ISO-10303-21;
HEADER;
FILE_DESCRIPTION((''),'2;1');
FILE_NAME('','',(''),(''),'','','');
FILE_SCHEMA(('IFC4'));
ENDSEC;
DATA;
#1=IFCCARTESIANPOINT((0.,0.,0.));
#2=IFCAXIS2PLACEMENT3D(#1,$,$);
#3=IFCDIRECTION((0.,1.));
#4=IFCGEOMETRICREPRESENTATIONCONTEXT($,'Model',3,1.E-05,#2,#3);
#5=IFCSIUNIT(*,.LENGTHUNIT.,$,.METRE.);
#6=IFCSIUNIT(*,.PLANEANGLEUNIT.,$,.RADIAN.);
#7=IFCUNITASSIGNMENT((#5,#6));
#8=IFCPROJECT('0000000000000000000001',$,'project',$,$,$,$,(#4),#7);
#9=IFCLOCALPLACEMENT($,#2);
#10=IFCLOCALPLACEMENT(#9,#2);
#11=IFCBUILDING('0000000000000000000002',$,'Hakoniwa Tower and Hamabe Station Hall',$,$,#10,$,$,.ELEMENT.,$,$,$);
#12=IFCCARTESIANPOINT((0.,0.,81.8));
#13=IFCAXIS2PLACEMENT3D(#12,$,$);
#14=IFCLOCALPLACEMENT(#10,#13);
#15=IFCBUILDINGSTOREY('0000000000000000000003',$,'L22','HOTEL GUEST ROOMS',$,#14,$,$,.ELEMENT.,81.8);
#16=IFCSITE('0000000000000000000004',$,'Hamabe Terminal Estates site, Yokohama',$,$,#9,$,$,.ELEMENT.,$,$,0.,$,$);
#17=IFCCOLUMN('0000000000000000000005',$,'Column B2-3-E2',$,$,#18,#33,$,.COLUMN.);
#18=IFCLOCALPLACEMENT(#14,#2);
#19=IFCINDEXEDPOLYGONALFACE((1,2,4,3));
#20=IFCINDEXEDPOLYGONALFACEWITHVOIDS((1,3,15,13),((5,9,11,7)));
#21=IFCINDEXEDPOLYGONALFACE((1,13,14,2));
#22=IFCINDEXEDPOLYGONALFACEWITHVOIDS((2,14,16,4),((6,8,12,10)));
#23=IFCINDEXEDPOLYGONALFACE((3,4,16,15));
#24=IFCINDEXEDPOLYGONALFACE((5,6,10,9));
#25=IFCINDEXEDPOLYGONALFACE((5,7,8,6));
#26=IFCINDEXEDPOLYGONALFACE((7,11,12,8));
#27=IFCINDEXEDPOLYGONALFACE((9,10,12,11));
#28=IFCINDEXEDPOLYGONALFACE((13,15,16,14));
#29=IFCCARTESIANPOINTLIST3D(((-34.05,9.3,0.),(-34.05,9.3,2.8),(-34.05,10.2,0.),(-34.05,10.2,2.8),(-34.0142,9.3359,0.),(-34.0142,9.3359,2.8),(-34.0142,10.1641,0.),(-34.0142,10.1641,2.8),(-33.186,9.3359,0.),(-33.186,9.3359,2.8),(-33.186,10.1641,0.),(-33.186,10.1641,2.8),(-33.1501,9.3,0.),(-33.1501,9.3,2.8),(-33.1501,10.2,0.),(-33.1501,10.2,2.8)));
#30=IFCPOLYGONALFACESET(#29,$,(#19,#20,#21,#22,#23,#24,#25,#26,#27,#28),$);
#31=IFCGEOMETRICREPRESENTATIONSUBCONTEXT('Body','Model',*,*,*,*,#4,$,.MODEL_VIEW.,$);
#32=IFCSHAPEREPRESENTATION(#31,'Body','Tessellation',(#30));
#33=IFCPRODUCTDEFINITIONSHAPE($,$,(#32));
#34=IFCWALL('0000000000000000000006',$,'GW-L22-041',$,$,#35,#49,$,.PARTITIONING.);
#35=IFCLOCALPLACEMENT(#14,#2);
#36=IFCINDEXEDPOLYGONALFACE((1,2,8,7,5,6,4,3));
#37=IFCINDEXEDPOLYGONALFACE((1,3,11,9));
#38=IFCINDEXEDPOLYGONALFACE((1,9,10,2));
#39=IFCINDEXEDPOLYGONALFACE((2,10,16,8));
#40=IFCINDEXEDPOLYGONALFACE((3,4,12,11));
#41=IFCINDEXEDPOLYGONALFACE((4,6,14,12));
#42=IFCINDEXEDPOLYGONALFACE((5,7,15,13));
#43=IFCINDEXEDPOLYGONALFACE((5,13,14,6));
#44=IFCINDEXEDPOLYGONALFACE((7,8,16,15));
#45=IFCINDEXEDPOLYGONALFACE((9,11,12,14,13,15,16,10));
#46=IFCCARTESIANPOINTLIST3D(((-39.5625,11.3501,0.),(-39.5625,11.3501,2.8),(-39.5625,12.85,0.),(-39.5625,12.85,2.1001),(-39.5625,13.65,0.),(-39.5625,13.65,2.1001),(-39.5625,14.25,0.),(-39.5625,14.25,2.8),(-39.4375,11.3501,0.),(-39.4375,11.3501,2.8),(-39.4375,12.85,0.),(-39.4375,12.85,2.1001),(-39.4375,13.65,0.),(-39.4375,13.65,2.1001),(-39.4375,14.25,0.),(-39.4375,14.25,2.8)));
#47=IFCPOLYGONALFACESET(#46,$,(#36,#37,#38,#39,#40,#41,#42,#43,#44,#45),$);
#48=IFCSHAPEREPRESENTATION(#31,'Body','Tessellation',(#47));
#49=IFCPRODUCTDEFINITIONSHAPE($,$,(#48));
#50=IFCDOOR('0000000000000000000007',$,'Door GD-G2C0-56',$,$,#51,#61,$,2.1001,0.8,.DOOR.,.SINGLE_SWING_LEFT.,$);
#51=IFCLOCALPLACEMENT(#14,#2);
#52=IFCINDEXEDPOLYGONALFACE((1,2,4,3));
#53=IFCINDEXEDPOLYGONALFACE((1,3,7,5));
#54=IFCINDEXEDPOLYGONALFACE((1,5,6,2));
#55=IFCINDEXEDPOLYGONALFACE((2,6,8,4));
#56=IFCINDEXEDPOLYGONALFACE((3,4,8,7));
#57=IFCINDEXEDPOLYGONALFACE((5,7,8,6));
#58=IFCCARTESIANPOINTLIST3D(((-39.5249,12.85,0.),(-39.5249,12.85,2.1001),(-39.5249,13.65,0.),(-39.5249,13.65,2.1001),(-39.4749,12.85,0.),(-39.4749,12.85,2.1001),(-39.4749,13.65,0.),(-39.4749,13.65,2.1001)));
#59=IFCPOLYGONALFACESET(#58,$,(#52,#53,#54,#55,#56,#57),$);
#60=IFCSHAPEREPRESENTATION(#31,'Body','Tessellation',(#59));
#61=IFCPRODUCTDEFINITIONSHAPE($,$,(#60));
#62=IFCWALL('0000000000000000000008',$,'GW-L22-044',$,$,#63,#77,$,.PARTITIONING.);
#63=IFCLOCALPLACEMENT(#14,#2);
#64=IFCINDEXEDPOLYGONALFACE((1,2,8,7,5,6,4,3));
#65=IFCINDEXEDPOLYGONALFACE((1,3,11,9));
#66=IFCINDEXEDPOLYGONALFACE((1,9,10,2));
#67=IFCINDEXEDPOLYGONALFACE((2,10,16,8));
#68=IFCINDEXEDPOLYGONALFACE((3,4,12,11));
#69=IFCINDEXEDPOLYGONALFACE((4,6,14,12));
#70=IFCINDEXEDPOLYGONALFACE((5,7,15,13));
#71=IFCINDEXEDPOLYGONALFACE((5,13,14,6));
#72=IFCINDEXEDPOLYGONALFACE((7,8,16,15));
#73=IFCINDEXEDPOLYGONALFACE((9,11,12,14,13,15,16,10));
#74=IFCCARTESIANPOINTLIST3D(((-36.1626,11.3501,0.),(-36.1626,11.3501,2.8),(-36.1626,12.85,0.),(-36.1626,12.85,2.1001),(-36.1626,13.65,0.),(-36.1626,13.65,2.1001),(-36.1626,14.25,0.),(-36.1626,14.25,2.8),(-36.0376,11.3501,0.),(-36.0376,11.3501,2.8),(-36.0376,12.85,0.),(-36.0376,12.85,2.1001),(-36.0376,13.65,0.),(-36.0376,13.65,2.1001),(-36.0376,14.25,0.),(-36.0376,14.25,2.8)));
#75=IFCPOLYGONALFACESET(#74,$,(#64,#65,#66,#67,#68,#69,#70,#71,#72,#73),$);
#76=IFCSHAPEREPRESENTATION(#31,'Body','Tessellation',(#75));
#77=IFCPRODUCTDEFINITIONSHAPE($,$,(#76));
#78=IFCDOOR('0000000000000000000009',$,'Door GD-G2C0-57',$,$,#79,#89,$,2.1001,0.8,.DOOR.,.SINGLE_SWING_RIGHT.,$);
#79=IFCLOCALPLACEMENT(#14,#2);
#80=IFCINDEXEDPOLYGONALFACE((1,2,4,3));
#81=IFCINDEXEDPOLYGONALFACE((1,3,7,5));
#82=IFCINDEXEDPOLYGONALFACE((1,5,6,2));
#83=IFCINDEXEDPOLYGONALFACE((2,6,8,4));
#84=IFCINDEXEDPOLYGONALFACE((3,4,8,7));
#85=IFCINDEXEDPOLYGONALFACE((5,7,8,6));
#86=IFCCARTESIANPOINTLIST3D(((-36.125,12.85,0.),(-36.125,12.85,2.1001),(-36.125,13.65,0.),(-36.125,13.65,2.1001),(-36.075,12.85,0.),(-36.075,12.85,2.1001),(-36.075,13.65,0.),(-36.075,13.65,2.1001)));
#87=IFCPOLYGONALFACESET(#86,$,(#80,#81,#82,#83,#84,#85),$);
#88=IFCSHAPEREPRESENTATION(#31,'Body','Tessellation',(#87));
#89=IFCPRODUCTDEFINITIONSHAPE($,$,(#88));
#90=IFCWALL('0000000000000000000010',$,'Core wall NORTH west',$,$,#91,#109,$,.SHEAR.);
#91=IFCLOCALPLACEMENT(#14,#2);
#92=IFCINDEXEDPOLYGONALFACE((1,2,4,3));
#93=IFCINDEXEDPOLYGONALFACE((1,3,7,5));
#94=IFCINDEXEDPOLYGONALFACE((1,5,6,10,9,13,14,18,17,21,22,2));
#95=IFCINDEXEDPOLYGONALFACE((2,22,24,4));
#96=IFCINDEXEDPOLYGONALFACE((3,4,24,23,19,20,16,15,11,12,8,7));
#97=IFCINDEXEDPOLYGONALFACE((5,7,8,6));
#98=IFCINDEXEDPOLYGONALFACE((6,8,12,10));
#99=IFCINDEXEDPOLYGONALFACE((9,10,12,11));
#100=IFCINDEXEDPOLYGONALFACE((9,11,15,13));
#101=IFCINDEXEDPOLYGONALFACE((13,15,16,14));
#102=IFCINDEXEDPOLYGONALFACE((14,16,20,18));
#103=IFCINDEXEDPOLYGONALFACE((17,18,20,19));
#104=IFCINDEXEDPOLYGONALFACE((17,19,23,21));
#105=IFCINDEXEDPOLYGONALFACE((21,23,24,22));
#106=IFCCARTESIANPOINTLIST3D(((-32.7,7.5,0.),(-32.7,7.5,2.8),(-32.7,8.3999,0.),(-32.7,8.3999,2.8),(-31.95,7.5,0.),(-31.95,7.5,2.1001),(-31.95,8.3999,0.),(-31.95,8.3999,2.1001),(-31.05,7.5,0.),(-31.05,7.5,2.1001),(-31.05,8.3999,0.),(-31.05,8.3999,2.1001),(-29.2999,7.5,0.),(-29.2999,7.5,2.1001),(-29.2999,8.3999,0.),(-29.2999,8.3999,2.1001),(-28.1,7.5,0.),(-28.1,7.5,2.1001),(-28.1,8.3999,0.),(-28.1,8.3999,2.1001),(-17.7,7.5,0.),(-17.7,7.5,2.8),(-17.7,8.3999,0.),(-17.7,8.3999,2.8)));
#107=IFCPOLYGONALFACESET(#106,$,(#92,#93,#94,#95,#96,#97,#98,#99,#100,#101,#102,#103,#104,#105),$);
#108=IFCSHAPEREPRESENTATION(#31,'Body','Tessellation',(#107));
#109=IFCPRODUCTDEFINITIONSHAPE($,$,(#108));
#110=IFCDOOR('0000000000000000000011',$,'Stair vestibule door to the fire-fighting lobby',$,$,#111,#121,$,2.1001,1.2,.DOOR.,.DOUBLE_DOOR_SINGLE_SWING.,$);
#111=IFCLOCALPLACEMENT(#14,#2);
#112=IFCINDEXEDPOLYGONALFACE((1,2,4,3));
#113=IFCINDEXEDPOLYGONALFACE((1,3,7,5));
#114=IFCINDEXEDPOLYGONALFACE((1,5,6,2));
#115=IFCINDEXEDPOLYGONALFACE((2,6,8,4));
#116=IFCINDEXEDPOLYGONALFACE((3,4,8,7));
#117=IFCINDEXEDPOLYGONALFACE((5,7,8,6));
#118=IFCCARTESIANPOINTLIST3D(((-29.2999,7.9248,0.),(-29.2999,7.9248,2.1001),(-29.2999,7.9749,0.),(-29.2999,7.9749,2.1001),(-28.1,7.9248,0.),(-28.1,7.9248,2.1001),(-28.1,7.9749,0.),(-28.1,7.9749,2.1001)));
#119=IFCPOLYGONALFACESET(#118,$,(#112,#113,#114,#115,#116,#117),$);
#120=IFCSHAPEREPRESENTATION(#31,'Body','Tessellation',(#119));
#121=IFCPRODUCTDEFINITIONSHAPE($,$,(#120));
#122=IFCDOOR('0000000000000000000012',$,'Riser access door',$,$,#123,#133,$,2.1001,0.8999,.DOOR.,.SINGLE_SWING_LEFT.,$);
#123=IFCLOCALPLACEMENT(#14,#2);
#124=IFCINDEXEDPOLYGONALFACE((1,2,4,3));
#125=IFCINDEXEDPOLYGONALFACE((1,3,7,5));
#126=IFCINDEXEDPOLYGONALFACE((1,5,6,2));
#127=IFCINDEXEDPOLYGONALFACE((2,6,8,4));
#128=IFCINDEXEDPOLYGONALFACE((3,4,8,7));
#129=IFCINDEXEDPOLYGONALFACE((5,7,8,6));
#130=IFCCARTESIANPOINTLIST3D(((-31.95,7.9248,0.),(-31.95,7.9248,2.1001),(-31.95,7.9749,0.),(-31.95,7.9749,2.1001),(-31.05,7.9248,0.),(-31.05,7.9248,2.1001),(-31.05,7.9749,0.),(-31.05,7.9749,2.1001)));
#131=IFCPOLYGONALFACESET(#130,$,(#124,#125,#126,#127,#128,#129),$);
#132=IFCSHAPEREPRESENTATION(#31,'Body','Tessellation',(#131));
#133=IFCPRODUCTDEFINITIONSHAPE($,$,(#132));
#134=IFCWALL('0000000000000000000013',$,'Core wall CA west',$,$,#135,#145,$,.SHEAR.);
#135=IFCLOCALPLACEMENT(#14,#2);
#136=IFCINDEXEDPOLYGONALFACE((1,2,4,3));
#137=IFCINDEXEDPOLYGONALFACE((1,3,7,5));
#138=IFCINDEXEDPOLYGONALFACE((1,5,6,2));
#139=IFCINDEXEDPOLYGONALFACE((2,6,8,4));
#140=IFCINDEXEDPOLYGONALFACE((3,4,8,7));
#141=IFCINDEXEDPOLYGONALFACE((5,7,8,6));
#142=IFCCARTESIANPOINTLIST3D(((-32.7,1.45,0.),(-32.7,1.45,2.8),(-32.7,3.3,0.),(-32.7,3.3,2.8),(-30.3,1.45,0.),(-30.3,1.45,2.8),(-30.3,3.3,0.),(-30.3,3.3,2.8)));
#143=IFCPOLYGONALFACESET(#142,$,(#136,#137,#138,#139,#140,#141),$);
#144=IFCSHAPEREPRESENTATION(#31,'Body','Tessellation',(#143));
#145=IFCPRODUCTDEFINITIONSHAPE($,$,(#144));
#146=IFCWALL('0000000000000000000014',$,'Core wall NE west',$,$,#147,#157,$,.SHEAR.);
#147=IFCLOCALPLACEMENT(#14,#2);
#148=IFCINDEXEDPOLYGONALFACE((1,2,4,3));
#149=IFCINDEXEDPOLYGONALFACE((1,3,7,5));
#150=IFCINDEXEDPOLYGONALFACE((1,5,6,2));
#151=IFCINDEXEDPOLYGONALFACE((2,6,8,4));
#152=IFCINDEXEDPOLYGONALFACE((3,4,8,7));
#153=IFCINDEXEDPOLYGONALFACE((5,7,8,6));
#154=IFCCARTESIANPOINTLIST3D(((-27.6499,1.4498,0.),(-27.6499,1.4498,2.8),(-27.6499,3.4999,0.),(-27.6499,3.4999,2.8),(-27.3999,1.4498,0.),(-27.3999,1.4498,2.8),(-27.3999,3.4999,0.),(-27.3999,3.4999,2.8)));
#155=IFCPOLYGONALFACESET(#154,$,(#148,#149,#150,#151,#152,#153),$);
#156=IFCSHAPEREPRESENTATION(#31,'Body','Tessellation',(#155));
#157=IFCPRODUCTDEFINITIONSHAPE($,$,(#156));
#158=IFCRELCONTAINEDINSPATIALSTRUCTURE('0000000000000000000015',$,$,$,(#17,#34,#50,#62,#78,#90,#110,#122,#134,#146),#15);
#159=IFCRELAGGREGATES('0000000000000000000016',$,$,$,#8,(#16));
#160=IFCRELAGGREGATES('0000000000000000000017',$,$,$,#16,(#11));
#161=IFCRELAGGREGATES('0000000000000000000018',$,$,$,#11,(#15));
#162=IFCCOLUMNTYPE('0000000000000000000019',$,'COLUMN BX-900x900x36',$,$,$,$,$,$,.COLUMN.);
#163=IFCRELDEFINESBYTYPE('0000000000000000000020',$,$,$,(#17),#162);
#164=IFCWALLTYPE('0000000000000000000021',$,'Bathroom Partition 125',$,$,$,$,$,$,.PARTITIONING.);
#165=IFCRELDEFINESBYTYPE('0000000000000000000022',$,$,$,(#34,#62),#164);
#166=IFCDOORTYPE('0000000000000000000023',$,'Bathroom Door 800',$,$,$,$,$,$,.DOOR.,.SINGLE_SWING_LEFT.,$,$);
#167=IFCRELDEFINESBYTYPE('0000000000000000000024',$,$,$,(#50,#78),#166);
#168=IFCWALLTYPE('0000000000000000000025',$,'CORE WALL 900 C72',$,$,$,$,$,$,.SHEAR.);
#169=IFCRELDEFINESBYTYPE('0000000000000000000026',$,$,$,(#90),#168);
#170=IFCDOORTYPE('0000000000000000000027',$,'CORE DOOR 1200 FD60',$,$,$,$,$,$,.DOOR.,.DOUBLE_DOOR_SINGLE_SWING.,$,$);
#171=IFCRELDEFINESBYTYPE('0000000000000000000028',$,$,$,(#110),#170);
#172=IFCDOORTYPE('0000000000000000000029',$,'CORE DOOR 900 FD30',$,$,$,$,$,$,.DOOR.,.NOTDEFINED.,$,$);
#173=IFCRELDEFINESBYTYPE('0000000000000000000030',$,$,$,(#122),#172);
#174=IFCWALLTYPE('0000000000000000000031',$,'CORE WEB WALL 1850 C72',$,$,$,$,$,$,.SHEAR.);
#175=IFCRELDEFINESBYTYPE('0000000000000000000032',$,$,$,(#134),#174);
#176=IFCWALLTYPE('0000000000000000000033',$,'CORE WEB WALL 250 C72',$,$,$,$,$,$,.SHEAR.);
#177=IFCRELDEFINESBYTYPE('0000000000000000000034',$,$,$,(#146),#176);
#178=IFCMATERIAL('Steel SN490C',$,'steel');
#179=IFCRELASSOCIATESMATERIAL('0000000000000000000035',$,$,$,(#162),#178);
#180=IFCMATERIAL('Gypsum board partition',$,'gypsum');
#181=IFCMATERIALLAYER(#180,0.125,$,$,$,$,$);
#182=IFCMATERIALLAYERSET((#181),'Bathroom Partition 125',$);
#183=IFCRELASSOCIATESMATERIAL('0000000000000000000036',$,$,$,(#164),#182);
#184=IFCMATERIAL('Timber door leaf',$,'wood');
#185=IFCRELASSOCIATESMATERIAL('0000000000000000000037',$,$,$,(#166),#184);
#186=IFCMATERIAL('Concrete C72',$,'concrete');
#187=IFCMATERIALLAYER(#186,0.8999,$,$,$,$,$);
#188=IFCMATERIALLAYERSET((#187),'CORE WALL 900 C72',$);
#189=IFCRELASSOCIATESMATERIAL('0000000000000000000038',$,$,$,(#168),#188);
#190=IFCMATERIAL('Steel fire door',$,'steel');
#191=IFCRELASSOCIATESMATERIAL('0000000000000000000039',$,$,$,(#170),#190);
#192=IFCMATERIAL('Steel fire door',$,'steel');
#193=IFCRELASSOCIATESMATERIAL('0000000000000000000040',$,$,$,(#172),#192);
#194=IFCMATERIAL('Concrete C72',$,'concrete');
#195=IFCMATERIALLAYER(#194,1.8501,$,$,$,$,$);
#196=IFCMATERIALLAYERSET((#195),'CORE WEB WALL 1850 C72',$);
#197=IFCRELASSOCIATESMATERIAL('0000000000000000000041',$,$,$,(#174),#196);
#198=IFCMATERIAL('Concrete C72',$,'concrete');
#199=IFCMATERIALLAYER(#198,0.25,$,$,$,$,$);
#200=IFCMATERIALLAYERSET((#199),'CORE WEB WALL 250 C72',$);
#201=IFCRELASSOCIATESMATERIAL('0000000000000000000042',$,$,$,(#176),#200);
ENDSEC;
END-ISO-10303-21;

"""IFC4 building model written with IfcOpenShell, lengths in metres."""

from ifc_helpers import new_model, si_unit, direction, frame, frame_2d, origin, origin_2d, place, context, subcontext, project, spatial, rectangle, hollow_rectangle, extrude, material, layer, layer_set, material_profile, profile_set, type_object, element, fill, save


model = new_model("IFC4")

# Units and contexts
model_context = context("Model", 3, precision=1e-05, world=origin(), true_north=direction((0.0, 1.0)))
body_context = subcontext(model_context, "Body", "Model", "MODEL_VIEW")
ifc_project = project(units=[si_unit("LENGTHUNIT", "METRE"), si_unit("PLANEANGLEUNIT", "RADIAN")], contexts=[model_context])

# Site, building, storey
site_placement = place(None, origin())
site = spatial("IfcSite", under=ifc_project, at=site_placement, Name="Hamabe Terminal Estates site, Yokohama", CompositionType="ELEMENT", RefElevation=0.0)
building_placement = place(site_placement, origin())
building = spatial("IfcBuilding", under=site, at=building_placement, Name="Hakoniwa Tower and Hamabe Station Hall", CompositionType="ELEMENT")
storey_placement = place(building_placement, frame((0.0, 0.0, 81.8)))
storey = spatial("IfcBuildingStorey", under=building, at=storey_placement, Name="L22", Description="HOTEL GUEST ROOMS", CompositionType="ELEMENT", Elevation=81.8)

# Column
ifc_material_1 = material(Name="Steel SN490C", Category="steel")
ifc_material_profile = material_profile(ifc_material_1, hollow_rectangle(XDim=0.8999, YDim=0.8999, WallThickness=0.0359, at=origin_2d()), Name="BX-900x900x36")
ifc_profile_set = profile_set([ifc_material_profile], Name="Steel SN490C")
column_type = type_object("IfcColumnType", Name="COLUMN BX-900x900x36", PredefinedType="COLUMN", material=ifc_profile_set)
column_placement = place(storey_placement, frame((-33.6001, 9.75, 0.0), z_axis=(0.0, 0.0, 1.0), x_axis=(1.0, 0.0, 0.0)))
element("IfcColumn", 1, at=column_placement, inside=storey, type_object=column_type, Name="Column B2-3-E2", PredefinedType="COLUMN", context=body_context, shape_type="SweptSolid", body=[
    extrude(hollow_rectangle(XDim=0.8999, YDim=0.8999, WallThickness=0.0359, at=origin_2d()), origin(), (0.0, 0.0, 1.0), 2.8),
])

# Walls, openings, doors
ifc_material_2 = material(Name="Gypsum board partition", Category="gypsum")
ifc_layer_1 = layer(ifc_material_2, 0.125)
ifc_layer_set_1 = layer_set([ifc_layer_1], Name="Bathroom Partition 125")
wall_type_1 = type_object("IfcWallType", Name="Bathroom Partition 125", PredefinedType="PARTITIONING", material=ifc_layer_set_1)
wall_1_placement = place(storey_placement, frame((-39.5, 11.3501, 0.0), z_axis=(0.0, 0.0, 1.0), x_axis=(0.0, 1.0, 0.0)))
wall_1 = element("IfcWall", 2, at=wall_1_placement, inside=storey, type_object=wall_type_1, Name="GW-L22-041", PredefinedType="PARTITIONING", context=body_context, shape_type="SweptSolid", body=[
    extrude(rectangle(XDim=2.8999, YDim=0.125, at=frame_2d((1.45, 0.0))), origin(), (0.0, 0.0, 1.0), 2.8),
])
opening_1_placement = place(wall_1_placement, frame((1.5, 0.0, 0.0)))
opening_1 = element("IfcOpeningElement", 3, at=opening_1_placement, cuts=wall_1, PredefinedType="OPENING", context=body_context, shape_type="SweptSolid", body=[
    extrude(rectangle(XDim=0.8, YDim=2.1001, at=frame_2d((0.3999, 1.05))), frame((0.0, 0.0725, 0.0), z_axis=(0.0, -1.0, 0.0), x_axis=(1.0, 0.0, 0.0)), (0.0, 0.0, 1.0), 0.145),
])
ifc_material_3 = material(Name="Timber door leaf", Category="wood")
door_type_1 = type_object("IfcDoorType", Name="Bathroom Door 800", OperationType="SINGLE_SWING_LEFT", PredefinedType="DOOR", material=ifc_material_3)
door_1_placement = place(opening_1_placement, origin())
door_1 = element("IfcDoor", 4, at=door_1_placement, inside=storey, type_object=door_type_1, Name="Door GD-G2C0-56", OperationType="SINGLE_SWING_LEFT", OverallHeight=2.1001, OverallWidth=0.8, PredefinedType="DOOR", context=body_context, shape_type="SweptSolid", body=[
    extrude(rectangle(XDim=0.8, YDim=2.1001, at=frame_2d((0.3999, 1.05))), frame((0.0, 0.0249, 0.0), z_axis=(0.0, -1.0, 0.0), x_axis=(1.0, 0.0, 0.0)), (0.0, 0.0, 1.0), 0.05),
])
fill(opening_1, door_1)
wall_2_placement = place(storey_placement, frame((-36.1001, 11.3501, 0.0), z_axis=(0.0, 0.0, 1.0), x_axis=(0.0, 1.0, 0.0)))
wall_2 = element("IfcWall", 5, at=wall_2_placement, inside=storey, type_object=wall_type_1, Name="GW-L22-044", PredefinedType="PARTITIONING", context=body_context, shape_type="SweptSolid", body=[
    extrude(rectangle(XDim=2.8999, YDim=0.125, at=frame_2d((1.45, 0.0))), origin(), (0.0, 0.0, 1.0), 2.8),
])
opening_2_placement = place(wall_2_placement, frame((1.5, 0.0, 0.0)))
opening_2 = element("IfcOpeningElement", 6, at=opening_2_placement, cuts=wall_2, PredefinedType="OPENING", context=body_context, shape_type="SweptSolid", body=[
    extrude(rectangle(XDim=0.8, YDim=2.1001, at=frame_2d((0.3999, 1.05))), frame((0.0, 0.0725, 0.0), z_axis=(0.0, -1.0, 0.0), x_axis=(1.0, 0.0, 0.0)), (0.0, 0.0, 1.0), 0.145),
])
door_2_placement = place(opening_2_placement, origin())
door_2 = element("IfcDoor", 7, at=door_2_placement, inside=storey, type_object=door_type_1, Name="Door GD-G2C0-57", OperationType="SINGLE_SWING_RIGHT", OverallHeight=2.1001, OverallWidth=0.8, PredefinedType="DOOR", context=body_context, shape_type="SweptSolid", body=[
    extrude(rectangle(XDim=0.8, YDim=2.1001, at=frame_2d((0.3999, 1.05))), frame((0.0, 0.0249, 0.0), z_axis=(0.0, -1.0, 0.0), x_axis=(1.0, 0.0, 0.0)), (0.0, 0.0, 1.0), 0.05),
])
fill(opening_2, door_2)

# Wall, openings, doors
ifc_material_4 = material(Name="Concrete C72", Category="concrete")
ifc_layer_2 = layer(ifc_material_4, 0.8999)
ifc_layer_set_2 = layer_set([ifc_layer_2], Name="CORE WALL 900 C72")
wall_type_2 = type_object("IfcWallType", Name="CORE WALL 900 C72", PredefinedType="SHEAR", material=ifc_layer_set_2)
wall_3_placement = place(storey_placement, frame((-32.7, 7.95, 0.0), z_axis=(0.0, 0.0, 1.0), x_axis=(1.0, 0.0, 0.0)))
wall_3 = element("IfcWall", 8, at=wall_3_placement, inside=storey, type_object=wall_type_2, Name="Core wall NORTH west", PredefinedType="SHEAR", context=body_context, shape_type="SweptSolid", body=[
    extrude(rectangle(XDim=15.0, YDim=0.8999, at=frame_2d((7.5, 0.0))), origin(), (0.0, 0.0, 1.0), 2.8),
])
opening_3_placement = place(wall_3_placement, frame((3.3999, 0.0, 0.0)))
opening_3 = element("IfcOpeningElement", 9, at=opening_3_placement, cuts=wall_3, PredefinedType="OPENING", context=body_context, shape_type="SweptSolid", body=[
    extrude(rectangle(XDim=1.2, YDim=2.1001, at=frame_2d((0.6001, 1.05))), frame((0.0, 0.46, 0.0), z_axis=(0.0, -1.0, 0.0), x_axis=(1.0, 0.0, 0.0)), (0.0, 0.0, 1.0), 0.9199),
])
opening_4_placement = place(wall_3_placement, frame((0.75, 0.0, 0.0)))
opening_4 = element("IfcOpeningElement", 10, at=opening_4_placement, cuts=wall_3, PredefinedType="OPENING", context=body_context, shape_type="SweptSolid", body=[
    extrude(rectangle(XDim=0.8999, YDim=2.1001, at=frame_2d((0.45, 1.05))), frame((0.0, 0.46, 0.0), z_axis=(0.0, -1.0, 0.0), x_axis=(1.0, 0.0, 0.0)), (0.0, 0.0, 1.0), 0.9199),
])
ifc_material_5 = material(Name="Steel fire door", Category="steel")
door_type_2 = type_object("IfcDoorType", Name="CORE DOOR 1200 FD60", OperationType="DOUBLE_DOOR_SINGLE_SWING", PredefinedType="DOOR", material=ifc_material_5)
door_3_placement = place(opening_3_placement, origin())
door_3 = element("IfcDoor", 11, at=door_3_placement, inside=storey, type_object=door_type_2, Name="Stair vestibule door to the fire-fighting lobby", OperationType="DOUBLE_DOOR_SINGLE_SWING", OverallHeight=2.1001, OverallWidth=1.2, PredefinedType="DOOR", context=body_context, shape_type="SweptSolid", body=[
    extrude(rectangle(XDim=1.2, YDim=2.1001, at=frame_2d((0.6001, 1.05))), frame((0.0, 0.0249, 0.0), z_axis=(0.0, -1.0, 0.0), x_axis=(1.0, 0.0, 0.0)), (0.0, 0.0, 1.0), 0.05),
])
fill(opening_3, door_3)
ifc_material_6 = material(Name="Steel fire door", Category="steel")
door_type_3 = type_object("IfcDoorType", Name="CORE DOOR 900 FD30", OperationType="NOTDEFINED", PredefinedType="DOOR", material=ifc_material_6)
door_4_placement = place(opening_4_placement, origin())
door_4 = element("IfcDoor", 12, at=door_4_placement, inside=storey, type_object=door_type_3, Name="Riser access door", OperationType="SINGLE_SWING_LEFT", OverallHeight=2.1001, OverallWidth=0.8999, PredefinedType="DOOR", context=body_context, shape_type="SweptSolid", body=[
    extrude(rectangle(XDim=0.8999, YDim=2.1001, at=frame_2d((0.45, 1.05))), frame((0.0, 0.0249, 0.0), z_axis=(0.0, -1.0, 0.0), x_axis=(1.0, 0.0, 0.0)), (0.0, 0.0, 1.0), 0.05),
])
fill(opening_4, door_4)

# Walls
ifc_material_7 = material(Name="Concrete C72", Category="concrete")
ifc_layer_3 = layer(ifc_material_7, 1.8501)
ifc_layer_set_3 = layer_set([ifc_layer_3], Name="CORE WEB WALL 1850 C72")
wall_type_3 = type_object("IfcWallType", Name="CORE WEB WALL 1850 C72", PredefinedType="SHEAR", material=ifc_layer_set_3)
wall_4_placement = place(storey_placement, frame((-32.7, 2.375, 0.0), z_axis=(0.0, 0.0, 1.0), x_axis=(1.0, 0.0, 0.0)))
element("IfcWall", 13, at=wall_4_placement, inside=storey, type_object=wall_type_3, Name="Core wall CA west", PredefinedType="SHEAR", context=body_context, shape_type="SweptSolid", body=[
    extrude(rectangle(XDim=2.3999, YDim=1.8501, at=frame_2d((1.2, 0.0))), origin(), (0.0, 0.0, 1.0), 2.8),
])
ifc_material_8 = material(Name="Concrete C72", Category="concrete")
ifc_layer_4 = layer(ifc_material_8, 0.25)
ifc_layer_set_4 = layer_set([ifc_layer_4], Name="CORE WEB WALL 250 C72")
wall_type_4 = type_object("IfcWallType", Name="CORE WEB WALL 250 C72", PredefinedType="SHEAR", material=ifc_layer_set_4)
wall_5_placement = place(storey_placement, frame((-27.5249, 1.45, 0.0), z_axis=(0.0, 0.0, 1.0), x_axis=(0.0, 1.0, 0.0)))
element("IfcWall", 14, at=wall_5_placement, inside=storey, type_object=wall_type_4, Name="Core wall NE west", PredefinedType="SHEAR", context=body_context, shape_type="SweptSolid", body=[
    extrude(rectangle(XDim=2.05, YDim=0.25, at=frame_2d((1.0249, 0.0))), origin(), (0.0, 0.0, 1.0), 2.8),
])

save(model, "model.ifc")
